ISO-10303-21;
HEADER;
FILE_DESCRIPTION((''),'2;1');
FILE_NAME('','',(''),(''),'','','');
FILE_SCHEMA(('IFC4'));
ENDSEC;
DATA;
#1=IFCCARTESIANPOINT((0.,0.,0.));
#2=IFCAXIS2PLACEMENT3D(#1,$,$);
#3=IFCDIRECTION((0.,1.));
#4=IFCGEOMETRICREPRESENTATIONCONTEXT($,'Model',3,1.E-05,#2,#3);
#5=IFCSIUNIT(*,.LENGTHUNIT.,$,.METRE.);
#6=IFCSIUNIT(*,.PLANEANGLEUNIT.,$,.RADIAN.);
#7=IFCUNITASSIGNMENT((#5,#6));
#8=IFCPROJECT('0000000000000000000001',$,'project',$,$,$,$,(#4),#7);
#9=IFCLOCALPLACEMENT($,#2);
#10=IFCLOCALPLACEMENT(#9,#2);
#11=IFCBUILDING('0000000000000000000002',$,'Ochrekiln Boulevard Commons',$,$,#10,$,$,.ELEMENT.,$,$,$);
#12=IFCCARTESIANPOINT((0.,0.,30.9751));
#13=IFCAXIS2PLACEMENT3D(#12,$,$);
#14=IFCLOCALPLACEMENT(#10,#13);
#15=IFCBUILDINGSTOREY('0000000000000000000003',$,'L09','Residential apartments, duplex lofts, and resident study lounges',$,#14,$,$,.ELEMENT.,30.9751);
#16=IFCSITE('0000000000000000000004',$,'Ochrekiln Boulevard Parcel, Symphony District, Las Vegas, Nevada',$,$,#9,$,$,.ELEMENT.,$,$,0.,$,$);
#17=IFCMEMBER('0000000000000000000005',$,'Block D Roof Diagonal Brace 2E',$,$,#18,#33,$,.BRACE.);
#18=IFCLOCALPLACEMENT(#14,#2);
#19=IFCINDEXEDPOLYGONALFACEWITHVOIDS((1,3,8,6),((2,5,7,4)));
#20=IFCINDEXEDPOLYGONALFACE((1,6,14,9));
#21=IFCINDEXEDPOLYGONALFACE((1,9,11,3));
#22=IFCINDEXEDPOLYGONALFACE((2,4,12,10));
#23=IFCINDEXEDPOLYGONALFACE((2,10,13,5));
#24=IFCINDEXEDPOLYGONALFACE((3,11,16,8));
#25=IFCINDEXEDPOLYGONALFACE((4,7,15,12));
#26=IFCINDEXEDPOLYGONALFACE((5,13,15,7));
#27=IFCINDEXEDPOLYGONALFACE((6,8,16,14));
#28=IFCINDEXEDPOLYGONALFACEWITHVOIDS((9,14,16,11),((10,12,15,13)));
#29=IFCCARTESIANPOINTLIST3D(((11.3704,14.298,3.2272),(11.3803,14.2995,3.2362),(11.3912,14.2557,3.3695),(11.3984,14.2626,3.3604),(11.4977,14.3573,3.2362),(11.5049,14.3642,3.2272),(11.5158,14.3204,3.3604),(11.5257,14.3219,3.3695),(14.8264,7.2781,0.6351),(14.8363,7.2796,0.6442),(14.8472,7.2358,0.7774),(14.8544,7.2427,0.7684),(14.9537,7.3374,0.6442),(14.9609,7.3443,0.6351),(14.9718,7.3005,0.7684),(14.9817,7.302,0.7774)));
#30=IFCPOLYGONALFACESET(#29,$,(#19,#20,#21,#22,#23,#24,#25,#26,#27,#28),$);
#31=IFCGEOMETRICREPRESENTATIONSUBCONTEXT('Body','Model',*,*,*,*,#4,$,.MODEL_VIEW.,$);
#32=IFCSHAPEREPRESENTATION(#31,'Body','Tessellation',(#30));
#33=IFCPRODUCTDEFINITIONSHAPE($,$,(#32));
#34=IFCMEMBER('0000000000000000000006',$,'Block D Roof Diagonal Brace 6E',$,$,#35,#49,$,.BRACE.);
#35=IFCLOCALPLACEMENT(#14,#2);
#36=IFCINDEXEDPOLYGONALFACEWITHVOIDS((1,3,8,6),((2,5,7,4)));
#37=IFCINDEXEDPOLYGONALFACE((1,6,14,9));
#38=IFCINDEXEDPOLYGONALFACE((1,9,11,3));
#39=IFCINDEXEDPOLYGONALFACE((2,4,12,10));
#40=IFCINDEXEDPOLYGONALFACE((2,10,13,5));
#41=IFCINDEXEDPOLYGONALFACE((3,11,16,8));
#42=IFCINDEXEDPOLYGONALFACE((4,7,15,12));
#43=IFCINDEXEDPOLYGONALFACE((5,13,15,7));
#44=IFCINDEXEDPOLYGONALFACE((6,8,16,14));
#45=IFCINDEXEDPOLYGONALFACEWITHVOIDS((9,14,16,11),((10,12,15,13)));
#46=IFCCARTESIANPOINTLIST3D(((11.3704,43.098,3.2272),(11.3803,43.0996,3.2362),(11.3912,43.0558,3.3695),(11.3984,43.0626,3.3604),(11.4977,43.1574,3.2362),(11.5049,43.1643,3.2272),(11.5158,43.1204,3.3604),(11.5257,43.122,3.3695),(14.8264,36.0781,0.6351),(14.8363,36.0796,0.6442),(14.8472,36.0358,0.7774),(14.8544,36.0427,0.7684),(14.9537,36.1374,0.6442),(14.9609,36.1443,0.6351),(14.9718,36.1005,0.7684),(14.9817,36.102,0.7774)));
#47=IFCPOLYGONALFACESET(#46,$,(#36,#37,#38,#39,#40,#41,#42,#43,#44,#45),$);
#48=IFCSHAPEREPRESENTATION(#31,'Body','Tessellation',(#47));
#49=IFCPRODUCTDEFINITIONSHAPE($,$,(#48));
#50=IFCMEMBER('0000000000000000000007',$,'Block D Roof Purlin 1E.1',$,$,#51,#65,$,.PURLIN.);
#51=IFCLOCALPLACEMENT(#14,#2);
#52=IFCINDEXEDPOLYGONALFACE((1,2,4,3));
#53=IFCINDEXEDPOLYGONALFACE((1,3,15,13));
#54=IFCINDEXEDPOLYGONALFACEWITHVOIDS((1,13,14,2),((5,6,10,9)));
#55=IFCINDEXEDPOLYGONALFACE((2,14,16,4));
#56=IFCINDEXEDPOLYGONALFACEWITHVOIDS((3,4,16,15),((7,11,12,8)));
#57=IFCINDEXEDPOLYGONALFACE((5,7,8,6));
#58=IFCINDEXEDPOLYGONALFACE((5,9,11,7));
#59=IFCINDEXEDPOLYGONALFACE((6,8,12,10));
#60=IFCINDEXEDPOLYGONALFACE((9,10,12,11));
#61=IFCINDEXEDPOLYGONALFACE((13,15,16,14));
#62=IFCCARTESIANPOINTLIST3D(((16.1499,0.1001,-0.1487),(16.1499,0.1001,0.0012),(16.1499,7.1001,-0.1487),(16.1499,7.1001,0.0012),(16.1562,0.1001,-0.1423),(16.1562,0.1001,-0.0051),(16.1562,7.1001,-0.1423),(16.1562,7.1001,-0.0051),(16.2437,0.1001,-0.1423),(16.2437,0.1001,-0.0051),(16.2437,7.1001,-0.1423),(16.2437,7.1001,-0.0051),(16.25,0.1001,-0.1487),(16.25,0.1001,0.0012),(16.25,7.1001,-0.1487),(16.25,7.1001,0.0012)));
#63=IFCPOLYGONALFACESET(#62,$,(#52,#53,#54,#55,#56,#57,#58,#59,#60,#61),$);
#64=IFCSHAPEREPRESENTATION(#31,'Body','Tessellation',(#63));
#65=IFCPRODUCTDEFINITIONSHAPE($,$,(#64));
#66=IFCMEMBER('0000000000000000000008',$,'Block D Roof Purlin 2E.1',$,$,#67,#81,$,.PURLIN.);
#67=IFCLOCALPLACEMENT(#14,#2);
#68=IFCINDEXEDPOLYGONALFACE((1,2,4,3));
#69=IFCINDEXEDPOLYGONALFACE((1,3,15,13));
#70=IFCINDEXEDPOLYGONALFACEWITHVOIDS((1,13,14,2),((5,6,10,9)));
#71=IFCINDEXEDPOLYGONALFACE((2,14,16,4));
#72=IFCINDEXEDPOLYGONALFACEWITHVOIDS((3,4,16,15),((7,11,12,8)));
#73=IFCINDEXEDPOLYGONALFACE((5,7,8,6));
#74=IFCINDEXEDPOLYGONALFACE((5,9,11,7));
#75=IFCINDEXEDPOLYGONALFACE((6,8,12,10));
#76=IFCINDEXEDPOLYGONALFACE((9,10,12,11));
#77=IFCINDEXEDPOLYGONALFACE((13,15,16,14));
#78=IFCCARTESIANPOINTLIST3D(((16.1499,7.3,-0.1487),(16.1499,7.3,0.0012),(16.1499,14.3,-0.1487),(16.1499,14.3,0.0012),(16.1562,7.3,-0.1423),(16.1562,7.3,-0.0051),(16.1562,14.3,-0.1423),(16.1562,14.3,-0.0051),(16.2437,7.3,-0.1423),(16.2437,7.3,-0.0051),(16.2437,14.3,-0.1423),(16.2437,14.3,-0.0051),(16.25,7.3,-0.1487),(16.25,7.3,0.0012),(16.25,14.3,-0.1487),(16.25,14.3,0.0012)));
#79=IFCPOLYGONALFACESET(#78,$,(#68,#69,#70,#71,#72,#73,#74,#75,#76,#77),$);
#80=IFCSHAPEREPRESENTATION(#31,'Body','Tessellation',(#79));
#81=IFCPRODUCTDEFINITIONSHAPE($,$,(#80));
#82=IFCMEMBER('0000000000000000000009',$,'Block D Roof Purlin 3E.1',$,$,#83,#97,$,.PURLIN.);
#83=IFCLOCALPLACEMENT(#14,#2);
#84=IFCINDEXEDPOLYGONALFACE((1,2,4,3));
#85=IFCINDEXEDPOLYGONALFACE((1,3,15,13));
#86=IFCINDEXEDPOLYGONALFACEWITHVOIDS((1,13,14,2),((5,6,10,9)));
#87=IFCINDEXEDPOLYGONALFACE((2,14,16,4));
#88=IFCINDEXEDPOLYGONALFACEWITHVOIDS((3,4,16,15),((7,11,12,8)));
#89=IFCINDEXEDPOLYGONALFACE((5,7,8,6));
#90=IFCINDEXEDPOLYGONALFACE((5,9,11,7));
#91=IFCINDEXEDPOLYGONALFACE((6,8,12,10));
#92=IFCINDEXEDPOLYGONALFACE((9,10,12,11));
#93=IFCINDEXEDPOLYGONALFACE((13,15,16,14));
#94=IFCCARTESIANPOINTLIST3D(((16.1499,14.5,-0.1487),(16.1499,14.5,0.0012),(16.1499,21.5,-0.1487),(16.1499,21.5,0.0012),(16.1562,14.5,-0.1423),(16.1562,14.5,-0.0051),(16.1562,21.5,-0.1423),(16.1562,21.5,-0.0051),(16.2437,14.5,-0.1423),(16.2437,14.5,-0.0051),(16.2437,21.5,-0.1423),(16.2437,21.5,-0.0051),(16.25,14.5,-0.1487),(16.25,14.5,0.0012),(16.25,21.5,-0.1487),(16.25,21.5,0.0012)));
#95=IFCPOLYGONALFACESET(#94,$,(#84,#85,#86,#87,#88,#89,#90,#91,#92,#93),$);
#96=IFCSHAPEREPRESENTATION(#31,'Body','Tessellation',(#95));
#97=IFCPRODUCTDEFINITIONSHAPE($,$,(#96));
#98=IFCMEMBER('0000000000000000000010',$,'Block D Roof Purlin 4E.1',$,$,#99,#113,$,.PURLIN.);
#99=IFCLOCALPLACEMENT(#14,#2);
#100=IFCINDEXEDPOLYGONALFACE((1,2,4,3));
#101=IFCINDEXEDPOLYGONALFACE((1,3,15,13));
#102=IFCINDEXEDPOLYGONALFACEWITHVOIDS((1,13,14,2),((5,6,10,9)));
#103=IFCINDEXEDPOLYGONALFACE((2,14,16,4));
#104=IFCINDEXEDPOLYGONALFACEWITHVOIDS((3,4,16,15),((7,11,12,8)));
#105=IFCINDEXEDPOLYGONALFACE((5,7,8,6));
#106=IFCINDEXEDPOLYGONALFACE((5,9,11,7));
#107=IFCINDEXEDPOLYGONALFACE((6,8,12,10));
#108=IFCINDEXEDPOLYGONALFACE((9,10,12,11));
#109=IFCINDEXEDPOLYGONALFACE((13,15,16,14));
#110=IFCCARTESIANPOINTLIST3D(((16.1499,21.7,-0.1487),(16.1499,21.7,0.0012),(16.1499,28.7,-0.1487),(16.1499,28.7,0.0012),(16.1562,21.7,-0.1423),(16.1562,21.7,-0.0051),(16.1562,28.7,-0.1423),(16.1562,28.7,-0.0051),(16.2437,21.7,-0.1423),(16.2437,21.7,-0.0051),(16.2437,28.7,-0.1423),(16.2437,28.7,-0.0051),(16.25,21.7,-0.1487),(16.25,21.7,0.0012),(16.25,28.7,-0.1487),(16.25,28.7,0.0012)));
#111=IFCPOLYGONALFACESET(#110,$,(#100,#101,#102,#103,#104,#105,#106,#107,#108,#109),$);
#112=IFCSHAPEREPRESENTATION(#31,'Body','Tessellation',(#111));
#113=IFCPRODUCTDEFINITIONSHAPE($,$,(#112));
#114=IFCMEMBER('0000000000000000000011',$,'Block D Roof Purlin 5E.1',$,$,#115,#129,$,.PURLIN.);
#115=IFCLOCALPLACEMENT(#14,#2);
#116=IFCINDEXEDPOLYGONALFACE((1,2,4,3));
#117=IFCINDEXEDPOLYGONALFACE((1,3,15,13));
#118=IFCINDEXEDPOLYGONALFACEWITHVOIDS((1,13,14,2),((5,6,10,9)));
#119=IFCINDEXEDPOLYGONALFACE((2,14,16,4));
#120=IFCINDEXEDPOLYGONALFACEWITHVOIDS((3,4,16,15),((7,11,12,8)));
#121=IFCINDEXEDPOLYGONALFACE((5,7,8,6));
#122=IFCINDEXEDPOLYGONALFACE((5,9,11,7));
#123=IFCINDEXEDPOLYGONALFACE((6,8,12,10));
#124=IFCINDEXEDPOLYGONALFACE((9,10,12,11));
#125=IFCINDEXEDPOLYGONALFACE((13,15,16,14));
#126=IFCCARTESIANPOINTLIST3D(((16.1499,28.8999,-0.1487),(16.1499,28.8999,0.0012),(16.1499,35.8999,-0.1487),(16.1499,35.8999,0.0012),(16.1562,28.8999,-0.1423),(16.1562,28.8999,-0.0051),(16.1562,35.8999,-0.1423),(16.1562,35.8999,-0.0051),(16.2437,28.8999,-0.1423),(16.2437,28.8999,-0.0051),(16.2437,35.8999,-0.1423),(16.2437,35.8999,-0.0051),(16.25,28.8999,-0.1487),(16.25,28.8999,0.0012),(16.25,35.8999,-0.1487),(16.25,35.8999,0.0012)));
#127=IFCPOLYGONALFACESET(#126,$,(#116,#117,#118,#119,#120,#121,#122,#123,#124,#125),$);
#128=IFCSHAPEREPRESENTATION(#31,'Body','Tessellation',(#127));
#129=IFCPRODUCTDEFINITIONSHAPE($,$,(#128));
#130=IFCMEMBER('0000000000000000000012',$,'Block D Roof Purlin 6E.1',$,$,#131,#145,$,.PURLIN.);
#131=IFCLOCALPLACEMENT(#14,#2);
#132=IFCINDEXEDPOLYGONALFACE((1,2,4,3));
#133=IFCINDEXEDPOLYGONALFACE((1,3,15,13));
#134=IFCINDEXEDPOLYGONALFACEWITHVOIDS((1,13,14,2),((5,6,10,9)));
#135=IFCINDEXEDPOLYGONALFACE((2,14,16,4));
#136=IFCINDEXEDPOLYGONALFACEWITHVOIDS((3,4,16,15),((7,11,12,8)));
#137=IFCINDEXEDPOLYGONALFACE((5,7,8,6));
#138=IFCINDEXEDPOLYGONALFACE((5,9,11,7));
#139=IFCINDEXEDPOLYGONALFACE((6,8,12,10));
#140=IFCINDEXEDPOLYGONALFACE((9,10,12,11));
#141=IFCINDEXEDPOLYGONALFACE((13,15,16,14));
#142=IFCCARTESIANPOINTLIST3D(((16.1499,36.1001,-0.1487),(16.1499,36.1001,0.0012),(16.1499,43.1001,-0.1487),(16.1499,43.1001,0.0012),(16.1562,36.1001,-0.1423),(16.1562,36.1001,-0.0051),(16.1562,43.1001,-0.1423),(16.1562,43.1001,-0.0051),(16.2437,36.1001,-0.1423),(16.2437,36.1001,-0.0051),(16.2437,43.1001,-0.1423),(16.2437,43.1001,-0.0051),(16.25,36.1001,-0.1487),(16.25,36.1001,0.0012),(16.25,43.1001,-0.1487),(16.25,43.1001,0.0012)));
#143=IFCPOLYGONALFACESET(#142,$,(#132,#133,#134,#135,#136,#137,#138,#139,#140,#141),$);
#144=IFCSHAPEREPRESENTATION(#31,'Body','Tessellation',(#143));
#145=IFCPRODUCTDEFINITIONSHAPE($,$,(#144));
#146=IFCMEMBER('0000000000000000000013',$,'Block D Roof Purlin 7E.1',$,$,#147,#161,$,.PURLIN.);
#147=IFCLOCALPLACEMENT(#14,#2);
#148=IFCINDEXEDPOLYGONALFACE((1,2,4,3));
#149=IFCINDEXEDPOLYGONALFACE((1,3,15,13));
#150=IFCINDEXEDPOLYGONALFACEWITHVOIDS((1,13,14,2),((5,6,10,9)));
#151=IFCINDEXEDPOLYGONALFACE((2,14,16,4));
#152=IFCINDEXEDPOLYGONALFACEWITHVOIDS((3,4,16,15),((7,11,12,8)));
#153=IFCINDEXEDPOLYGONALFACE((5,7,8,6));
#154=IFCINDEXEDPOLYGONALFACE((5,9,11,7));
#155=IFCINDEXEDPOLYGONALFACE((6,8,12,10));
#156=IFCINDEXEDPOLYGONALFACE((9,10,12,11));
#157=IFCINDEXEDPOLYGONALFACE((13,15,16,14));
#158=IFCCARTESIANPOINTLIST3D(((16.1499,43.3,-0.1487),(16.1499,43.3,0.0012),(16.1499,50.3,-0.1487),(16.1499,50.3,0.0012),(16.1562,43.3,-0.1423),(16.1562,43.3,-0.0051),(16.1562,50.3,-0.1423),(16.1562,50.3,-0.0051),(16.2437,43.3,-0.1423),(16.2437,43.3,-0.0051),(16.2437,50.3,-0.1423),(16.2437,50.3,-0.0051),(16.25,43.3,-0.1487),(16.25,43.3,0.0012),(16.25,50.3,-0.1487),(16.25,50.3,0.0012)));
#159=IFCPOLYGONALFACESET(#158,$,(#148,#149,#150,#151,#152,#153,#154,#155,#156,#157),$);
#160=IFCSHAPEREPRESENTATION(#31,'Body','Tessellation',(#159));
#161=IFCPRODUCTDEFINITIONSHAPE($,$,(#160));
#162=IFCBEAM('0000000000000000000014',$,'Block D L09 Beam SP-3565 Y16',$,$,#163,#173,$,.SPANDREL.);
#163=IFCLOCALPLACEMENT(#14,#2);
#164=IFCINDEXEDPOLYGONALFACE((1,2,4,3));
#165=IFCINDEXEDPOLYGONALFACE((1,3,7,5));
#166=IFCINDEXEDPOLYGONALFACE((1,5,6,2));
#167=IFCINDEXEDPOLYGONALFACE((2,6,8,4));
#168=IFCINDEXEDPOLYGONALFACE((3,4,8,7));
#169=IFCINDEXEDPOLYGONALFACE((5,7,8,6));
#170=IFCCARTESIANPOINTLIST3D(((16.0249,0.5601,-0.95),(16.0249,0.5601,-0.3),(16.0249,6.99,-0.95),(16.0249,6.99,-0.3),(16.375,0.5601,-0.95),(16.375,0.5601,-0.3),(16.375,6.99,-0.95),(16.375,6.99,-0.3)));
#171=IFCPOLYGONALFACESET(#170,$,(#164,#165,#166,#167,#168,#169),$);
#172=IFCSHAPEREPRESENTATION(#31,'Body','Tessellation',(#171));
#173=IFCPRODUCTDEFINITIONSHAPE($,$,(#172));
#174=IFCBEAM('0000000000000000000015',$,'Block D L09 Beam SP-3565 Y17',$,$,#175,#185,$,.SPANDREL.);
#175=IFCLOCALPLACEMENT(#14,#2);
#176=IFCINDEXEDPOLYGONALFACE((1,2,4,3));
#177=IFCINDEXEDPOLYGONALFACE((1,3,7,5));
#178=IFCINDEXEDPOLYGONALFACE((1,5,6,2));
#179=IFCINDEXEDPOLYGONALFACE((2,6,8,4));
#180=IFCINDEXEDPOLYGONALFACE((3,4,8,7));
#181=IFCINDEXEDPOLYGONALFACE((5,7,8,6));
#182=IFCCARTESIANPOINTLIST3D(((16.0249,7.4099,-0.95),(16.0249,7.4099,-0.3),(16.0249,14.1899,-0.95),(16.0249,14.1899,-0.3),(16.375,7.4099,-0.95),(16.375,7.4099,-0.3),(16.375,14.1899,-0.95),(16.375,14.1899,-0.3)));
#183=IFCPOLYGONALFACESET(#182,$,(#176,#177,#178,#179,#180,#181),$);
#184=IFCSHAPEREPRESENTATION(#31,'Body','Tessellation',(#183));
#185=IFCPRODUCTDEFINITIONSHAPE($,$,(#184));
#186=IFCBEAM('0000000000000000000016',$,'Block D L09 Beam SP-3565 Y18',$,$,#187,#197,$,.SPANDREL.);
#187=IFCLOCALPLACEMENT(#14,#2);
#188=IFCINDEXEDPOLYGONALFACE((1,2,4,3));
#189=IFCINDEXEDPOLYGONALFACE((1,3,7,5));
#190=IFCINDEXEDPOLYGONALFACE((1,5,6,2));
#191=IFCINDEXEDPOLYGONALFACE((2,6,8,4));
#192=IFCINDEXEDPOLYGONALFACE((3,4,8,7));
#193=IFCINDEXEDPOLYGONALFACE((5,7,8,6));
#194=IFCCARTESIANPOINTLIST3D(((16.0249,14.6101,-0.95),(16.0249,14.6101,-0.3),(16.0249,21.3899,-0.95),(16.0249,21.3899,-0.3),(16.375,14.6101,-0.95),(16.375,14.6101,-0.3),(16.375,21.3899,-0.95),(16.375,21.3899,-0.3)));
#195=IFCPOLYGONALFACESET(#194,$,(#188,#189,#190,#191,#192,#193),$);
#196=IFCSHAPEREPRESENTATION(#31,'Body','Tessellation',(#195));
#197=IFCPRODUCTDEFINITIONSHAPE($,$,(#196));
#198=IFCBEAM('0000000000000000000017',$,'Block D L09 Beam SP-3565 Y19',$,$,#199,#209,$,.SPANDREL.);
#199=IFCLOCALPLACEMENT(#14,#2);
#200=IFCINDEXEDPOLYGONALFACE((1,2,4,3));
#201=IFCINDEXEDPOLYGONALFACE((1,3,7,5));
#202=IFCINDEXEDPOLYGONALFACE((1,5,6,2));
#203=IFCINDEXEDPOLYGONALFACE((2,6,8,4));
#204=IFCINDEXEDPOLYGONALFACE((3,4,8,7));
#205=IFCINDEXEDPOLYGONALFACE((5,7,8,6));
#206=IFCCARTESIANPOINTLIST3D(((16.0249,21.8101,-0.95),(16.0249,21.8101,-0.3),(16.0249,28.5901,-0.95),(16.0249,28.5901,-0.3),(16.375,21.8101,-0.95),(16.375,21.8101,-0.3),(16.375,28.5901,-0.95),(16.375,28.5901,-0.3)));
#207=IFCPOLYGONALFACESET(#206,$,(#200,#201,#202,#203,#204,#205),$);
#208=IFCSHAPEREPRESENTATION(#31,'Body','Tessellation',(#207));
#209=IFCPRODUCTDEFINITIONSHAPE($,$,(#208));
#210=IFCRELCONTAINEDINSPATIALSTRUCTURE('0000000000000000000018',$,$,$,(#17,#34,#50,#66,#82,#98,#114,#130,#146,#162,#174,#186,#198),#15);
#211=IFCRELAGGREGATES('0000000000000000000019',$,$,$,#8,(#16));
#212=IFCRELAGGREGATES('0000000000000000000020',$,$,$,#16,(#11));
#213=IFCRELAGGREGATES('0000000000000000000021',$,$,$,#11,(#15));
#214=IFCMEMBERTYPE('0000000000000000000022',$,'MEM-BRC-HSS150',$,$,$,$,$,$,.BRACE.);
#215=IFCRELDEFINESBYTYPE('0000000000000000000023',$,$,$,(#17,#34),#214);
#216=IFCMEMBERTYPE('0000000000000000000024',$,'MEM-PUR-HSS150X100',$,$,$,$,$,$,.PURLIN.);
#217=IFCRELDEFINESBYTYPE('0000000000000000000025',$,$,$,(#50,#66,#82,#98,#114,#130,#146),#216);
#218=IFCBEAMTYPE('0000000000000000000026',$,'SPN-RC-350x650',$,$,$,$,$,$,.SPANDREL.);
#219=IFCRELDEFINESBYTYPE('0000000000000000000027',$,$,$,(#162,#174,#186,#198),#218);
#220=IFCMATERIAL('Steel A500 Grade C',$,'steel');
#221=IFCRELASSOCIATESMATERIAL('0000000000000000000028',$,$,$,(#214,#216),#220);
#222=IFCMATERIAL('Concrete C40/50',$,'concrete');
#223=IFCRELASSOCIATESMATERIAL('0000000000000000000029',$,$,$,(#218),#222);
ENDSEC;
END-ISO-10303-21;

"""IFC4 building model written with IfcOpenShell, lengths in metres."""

from ifc_helpers import new_model, si_unit, direction, frame, origin, origin_2d, place, context, subcontext, project, spatial, rectangle, hollow_rectangle, extrude, material, material_profile, profile_set, type_object, element, save


model = new_model("IFC4")

# Units and contexts
model_context = context("Model", 3, precision=1e-05, world=origin(), true_north=direction((0.0, 1.0)))
body_context = subcontext(model_context, "Body", "Model", "MODEL_VIEW")
ifc_project = project(units=[si_unit("LENGTHUNIT", "METRE"), si_unit("PLANEANGLEUNIT", "RADIAN")], contexts=[model_context])

# Site, building, storey
site_placement = place(None, origin())
site = spatial("IfcSite", under=ifc_project, at=site_placement, Name="Ochrekiln Boulevard Parcel, Symphony District, Las Vegas, Nevada", CompositionType="ELEMENT", RefElevation=0.0)
building_placement = place(site_placement, origin())
building = spatial("IfcBuilding", under=site, at=building_placement, Name="Ochrekiln Boulevard Commons", CompositionType="ELEMENT")
storey_placement = place(building_placement, frame((0.0, 0.0, 30.9751)))
storey = spatial("IfcBuildingStorey", under=building, at=storey_placement, Name="L09", Description="Residential apartments, duplex lofts, and resident study lounges", CompositionType="ELEMENT", Elevation=30.9751)

# Members
ifc_material_1 = material(Name="Steel A500 Grade C", Category="steel")
ifc_material_profile_1 = material_profile(ifc_material_1, hollow_rectangle(XDim=0.1499, YDim=0.1499, WallThickness=0.0095, at=origin_2d()), Name="HSS150X150X9.5")
ifc_profile_set_1 = profile_set([ifc_material_profile_1], Name="Steel A500 Grade C")
member_type_1 = type_object("IfcMemberType", Name="MEM-BRC-HSS150", PredefinedType="BRACE", material=ifc_profile_set_1)
for number, where, z_axis, x_axis, name in (
    (1, (14.9041, 7.29, 0.7063), (-0.419282, 0.851655, 0.314461), (-0.897168, -0.441689, 0.0), "Block D Roof Diagonal Brace 2E"),
    (2, (14.9041, 36.0901, 0.7063), (-0.419282, 0.851655, 0.314461), (-0.897168, -0.441689, 0.0), "Block D Roof Diagonal Brace 6E"),
):
    element("IfcMember", number, at=place(storey_placement, frame(where, z_axis=z_axis, x_axis=x_axis)), inside=storey, type_object=member_type_1, Name=name, PredefinedType="BRACE", context=body_context, shape_type="SweptSolid", body=[
        extrude(hollow_rectangle(XDim=0.1499, YDim=0.1499, WallThickness=0.0095, at=origin_2d()), origin(), (0.0, 0.0, 1.0), 8.2427),
    ])
ifc_material_profile_2 = material_profile(ifc_material_1, hollow_rectangle(XDim=0.1001, YDim=0.1499, WallThickness=0.0063, at=origin_2d()), Name="HSS150X100X6.4")
ifc_profile_set_2 = profile_set([ifc_material_profile_2], Name="Steel A500 Grade C")
member_type_2 = type_object("IfcMemberType", Name="MEM-PUR-HSS150X100", PredefinedType="PURLIN", material=ifc_profile_set_2)
for number, where, z_axis, x_axis, name in (
    (3, (16.2, 0.1001, -0.0737), (0.0, 1.0, 0.0), (-1.0, 0.0, 0.0), "Block D Roof Purlin 1E.1"),
    (4, (16.2, 7.3, -0.0737), (0.0, 1.0, 0.0), (-1.0, 0.0, 0.0), "Block D Roof Purlin 2E.1"),
    (5, (16.2, 14.5, -0.0737), (0.0, 1.0, 0.0), (-1.0, 0.0, 0.0), "Block D Roof Purlin 3E.1"),
    (6, (16.2, 21.7, -0.0737), (0.0, 1.0, 0.0), (-1.0, 0.0, 0.0), "Block D Roof Purlin 4E.1"),
    (7, (16.2, 28.8999, -0.0737), (0.0, 1.0, 0.0), (-1.0, 0.0, 0.0), "Block D Roof Purlin 5E.1"),
    (8, (16.2, 36.1001, -0.0737), (0.0, 1.0, 0.0), (-1.0, 0.0, 0.0), "Block D Roof Purlin 6E.1"),
    (9, (16.2, 43.3, -0.0737), (0.0, 1.0, 0.0), (-1.0, 0.0, 0.0), "Block D Roof Purlin 7E.1"),
):
    element("IfcMember", number, at=place(storey_placement, frame(where, z_axis=z_axis, x_axis=x_axis)), inside=storey, type_object=member_type_2, Name=name, PredefinedType="PURLIN", context=body_context, shape_type="SweptSolid", body=[
        extrude(hollow_rectangle(XDim=0.1001, YDim=0.1499, WallThickness=0.0063, at=origin_2d()), origin(), (0.0, 0.0, 1.0), 7.0),
    ])

# Beams
ifc_material_2 = material(Name="Concrete C40/50", Category="concrete")
ifc_material_profile_3 = material_profile(ifc_material_2, rectangle(XDim=0.3501, YDim=0.6499, at=origin_2d()), Name="RC-SPN-350x650")
ifc_profile_set_3 = profile_set([ifc_material_profile_3], Name="Concrete C40/50")
beam_type = type_object("IfcBeamType", Name="SPN-RC-350x650", PredefinedType="SPANDREL", material=ifc_profile_set_3)
beam_1_placement = place(storey_placement, frame((16.2, 0.5601, -0.625), z_axis=(0.0, 1.0, 0.0), x_axis=(-1.0, 0.0, 0.0)))
element("IfcBeam", 10, at=beam_1_placement, inside=storey, type_object=beam_type, Name="Block D L09 Beam SP-3565 Y16", PredefinedType="SPANDREL", context=body_context, shape_type="SweptSolid", body=[
    extrude(rectangle(XDim=0.3501, YDim=0.6499, at=origin_2d()), origin(), (0.0, 0.0, 1.0), 6.4299),
])
beam_2_placement = place(storey_placement, frame((16.2, 7.4099, -0.625), z_axis=(0.0, 1.0, 0.0), x_axis=(-1.0, 0.0, 0.0)))
element("IfcBeam", 11, at=beam_2_placement, inside=storey, type_object=beam_type, Name="Block D L09 Beam SP-3565 Y17", PredefinedType="SPANDREL", context=body_context, shape_type="SweptSolid", body=[
    extrude(rectangle(XDim=0.3501, YDim=0.6499, at=origin_2d()), origin(), (0.0, 0.0, 1.0), 6.78),
])
beam_3_placement = place(storey_placement, frame((16.2, 14.6101, -0.625), z_axis=(0.0, 1.0, 0.0), x_axis=(-1.0, 0.0, 0.0)))
element("IfcBeam", 12, at=beam_3_placement, inside=storey, type_object=beam_type, Name="Block D L09 Beam SP-3565 Y18", PredefinedType="SPANDREL", context=body_context, shape_type="SweptSolid", body=[
    extrude(rectangle(XDim=0.3501, YDim=0.6499, at=origin_2d()), origin(), (0.0, 0.0, 1.0), 6.7798),
])
for number, where, z_axis, x_axis, name in (
    (13, (16.2, 21.8101, -0.625), (0.0, 1.0, 0.0), (-1.0, 0.0, 0.0), "Block D L09 Beam SP-3565 Y19"),
):
    element("IfcBeam", number, at=place(storey_placement, frame(where, z_axis=z_axis, x_axis=x_axis)), inside=storey, type_object=beam_type, Name=name, PredefinedType="SPANDREL", context=body_context, shape_type="SweptSolid", body=[
        extrude(rectangle(XDim=0.3501, YDim=0.6499, at=origin_2d()), origin(), (0.0, 0.0, 1.0), 6.78),
    ])

save(model, "model.ifc")
